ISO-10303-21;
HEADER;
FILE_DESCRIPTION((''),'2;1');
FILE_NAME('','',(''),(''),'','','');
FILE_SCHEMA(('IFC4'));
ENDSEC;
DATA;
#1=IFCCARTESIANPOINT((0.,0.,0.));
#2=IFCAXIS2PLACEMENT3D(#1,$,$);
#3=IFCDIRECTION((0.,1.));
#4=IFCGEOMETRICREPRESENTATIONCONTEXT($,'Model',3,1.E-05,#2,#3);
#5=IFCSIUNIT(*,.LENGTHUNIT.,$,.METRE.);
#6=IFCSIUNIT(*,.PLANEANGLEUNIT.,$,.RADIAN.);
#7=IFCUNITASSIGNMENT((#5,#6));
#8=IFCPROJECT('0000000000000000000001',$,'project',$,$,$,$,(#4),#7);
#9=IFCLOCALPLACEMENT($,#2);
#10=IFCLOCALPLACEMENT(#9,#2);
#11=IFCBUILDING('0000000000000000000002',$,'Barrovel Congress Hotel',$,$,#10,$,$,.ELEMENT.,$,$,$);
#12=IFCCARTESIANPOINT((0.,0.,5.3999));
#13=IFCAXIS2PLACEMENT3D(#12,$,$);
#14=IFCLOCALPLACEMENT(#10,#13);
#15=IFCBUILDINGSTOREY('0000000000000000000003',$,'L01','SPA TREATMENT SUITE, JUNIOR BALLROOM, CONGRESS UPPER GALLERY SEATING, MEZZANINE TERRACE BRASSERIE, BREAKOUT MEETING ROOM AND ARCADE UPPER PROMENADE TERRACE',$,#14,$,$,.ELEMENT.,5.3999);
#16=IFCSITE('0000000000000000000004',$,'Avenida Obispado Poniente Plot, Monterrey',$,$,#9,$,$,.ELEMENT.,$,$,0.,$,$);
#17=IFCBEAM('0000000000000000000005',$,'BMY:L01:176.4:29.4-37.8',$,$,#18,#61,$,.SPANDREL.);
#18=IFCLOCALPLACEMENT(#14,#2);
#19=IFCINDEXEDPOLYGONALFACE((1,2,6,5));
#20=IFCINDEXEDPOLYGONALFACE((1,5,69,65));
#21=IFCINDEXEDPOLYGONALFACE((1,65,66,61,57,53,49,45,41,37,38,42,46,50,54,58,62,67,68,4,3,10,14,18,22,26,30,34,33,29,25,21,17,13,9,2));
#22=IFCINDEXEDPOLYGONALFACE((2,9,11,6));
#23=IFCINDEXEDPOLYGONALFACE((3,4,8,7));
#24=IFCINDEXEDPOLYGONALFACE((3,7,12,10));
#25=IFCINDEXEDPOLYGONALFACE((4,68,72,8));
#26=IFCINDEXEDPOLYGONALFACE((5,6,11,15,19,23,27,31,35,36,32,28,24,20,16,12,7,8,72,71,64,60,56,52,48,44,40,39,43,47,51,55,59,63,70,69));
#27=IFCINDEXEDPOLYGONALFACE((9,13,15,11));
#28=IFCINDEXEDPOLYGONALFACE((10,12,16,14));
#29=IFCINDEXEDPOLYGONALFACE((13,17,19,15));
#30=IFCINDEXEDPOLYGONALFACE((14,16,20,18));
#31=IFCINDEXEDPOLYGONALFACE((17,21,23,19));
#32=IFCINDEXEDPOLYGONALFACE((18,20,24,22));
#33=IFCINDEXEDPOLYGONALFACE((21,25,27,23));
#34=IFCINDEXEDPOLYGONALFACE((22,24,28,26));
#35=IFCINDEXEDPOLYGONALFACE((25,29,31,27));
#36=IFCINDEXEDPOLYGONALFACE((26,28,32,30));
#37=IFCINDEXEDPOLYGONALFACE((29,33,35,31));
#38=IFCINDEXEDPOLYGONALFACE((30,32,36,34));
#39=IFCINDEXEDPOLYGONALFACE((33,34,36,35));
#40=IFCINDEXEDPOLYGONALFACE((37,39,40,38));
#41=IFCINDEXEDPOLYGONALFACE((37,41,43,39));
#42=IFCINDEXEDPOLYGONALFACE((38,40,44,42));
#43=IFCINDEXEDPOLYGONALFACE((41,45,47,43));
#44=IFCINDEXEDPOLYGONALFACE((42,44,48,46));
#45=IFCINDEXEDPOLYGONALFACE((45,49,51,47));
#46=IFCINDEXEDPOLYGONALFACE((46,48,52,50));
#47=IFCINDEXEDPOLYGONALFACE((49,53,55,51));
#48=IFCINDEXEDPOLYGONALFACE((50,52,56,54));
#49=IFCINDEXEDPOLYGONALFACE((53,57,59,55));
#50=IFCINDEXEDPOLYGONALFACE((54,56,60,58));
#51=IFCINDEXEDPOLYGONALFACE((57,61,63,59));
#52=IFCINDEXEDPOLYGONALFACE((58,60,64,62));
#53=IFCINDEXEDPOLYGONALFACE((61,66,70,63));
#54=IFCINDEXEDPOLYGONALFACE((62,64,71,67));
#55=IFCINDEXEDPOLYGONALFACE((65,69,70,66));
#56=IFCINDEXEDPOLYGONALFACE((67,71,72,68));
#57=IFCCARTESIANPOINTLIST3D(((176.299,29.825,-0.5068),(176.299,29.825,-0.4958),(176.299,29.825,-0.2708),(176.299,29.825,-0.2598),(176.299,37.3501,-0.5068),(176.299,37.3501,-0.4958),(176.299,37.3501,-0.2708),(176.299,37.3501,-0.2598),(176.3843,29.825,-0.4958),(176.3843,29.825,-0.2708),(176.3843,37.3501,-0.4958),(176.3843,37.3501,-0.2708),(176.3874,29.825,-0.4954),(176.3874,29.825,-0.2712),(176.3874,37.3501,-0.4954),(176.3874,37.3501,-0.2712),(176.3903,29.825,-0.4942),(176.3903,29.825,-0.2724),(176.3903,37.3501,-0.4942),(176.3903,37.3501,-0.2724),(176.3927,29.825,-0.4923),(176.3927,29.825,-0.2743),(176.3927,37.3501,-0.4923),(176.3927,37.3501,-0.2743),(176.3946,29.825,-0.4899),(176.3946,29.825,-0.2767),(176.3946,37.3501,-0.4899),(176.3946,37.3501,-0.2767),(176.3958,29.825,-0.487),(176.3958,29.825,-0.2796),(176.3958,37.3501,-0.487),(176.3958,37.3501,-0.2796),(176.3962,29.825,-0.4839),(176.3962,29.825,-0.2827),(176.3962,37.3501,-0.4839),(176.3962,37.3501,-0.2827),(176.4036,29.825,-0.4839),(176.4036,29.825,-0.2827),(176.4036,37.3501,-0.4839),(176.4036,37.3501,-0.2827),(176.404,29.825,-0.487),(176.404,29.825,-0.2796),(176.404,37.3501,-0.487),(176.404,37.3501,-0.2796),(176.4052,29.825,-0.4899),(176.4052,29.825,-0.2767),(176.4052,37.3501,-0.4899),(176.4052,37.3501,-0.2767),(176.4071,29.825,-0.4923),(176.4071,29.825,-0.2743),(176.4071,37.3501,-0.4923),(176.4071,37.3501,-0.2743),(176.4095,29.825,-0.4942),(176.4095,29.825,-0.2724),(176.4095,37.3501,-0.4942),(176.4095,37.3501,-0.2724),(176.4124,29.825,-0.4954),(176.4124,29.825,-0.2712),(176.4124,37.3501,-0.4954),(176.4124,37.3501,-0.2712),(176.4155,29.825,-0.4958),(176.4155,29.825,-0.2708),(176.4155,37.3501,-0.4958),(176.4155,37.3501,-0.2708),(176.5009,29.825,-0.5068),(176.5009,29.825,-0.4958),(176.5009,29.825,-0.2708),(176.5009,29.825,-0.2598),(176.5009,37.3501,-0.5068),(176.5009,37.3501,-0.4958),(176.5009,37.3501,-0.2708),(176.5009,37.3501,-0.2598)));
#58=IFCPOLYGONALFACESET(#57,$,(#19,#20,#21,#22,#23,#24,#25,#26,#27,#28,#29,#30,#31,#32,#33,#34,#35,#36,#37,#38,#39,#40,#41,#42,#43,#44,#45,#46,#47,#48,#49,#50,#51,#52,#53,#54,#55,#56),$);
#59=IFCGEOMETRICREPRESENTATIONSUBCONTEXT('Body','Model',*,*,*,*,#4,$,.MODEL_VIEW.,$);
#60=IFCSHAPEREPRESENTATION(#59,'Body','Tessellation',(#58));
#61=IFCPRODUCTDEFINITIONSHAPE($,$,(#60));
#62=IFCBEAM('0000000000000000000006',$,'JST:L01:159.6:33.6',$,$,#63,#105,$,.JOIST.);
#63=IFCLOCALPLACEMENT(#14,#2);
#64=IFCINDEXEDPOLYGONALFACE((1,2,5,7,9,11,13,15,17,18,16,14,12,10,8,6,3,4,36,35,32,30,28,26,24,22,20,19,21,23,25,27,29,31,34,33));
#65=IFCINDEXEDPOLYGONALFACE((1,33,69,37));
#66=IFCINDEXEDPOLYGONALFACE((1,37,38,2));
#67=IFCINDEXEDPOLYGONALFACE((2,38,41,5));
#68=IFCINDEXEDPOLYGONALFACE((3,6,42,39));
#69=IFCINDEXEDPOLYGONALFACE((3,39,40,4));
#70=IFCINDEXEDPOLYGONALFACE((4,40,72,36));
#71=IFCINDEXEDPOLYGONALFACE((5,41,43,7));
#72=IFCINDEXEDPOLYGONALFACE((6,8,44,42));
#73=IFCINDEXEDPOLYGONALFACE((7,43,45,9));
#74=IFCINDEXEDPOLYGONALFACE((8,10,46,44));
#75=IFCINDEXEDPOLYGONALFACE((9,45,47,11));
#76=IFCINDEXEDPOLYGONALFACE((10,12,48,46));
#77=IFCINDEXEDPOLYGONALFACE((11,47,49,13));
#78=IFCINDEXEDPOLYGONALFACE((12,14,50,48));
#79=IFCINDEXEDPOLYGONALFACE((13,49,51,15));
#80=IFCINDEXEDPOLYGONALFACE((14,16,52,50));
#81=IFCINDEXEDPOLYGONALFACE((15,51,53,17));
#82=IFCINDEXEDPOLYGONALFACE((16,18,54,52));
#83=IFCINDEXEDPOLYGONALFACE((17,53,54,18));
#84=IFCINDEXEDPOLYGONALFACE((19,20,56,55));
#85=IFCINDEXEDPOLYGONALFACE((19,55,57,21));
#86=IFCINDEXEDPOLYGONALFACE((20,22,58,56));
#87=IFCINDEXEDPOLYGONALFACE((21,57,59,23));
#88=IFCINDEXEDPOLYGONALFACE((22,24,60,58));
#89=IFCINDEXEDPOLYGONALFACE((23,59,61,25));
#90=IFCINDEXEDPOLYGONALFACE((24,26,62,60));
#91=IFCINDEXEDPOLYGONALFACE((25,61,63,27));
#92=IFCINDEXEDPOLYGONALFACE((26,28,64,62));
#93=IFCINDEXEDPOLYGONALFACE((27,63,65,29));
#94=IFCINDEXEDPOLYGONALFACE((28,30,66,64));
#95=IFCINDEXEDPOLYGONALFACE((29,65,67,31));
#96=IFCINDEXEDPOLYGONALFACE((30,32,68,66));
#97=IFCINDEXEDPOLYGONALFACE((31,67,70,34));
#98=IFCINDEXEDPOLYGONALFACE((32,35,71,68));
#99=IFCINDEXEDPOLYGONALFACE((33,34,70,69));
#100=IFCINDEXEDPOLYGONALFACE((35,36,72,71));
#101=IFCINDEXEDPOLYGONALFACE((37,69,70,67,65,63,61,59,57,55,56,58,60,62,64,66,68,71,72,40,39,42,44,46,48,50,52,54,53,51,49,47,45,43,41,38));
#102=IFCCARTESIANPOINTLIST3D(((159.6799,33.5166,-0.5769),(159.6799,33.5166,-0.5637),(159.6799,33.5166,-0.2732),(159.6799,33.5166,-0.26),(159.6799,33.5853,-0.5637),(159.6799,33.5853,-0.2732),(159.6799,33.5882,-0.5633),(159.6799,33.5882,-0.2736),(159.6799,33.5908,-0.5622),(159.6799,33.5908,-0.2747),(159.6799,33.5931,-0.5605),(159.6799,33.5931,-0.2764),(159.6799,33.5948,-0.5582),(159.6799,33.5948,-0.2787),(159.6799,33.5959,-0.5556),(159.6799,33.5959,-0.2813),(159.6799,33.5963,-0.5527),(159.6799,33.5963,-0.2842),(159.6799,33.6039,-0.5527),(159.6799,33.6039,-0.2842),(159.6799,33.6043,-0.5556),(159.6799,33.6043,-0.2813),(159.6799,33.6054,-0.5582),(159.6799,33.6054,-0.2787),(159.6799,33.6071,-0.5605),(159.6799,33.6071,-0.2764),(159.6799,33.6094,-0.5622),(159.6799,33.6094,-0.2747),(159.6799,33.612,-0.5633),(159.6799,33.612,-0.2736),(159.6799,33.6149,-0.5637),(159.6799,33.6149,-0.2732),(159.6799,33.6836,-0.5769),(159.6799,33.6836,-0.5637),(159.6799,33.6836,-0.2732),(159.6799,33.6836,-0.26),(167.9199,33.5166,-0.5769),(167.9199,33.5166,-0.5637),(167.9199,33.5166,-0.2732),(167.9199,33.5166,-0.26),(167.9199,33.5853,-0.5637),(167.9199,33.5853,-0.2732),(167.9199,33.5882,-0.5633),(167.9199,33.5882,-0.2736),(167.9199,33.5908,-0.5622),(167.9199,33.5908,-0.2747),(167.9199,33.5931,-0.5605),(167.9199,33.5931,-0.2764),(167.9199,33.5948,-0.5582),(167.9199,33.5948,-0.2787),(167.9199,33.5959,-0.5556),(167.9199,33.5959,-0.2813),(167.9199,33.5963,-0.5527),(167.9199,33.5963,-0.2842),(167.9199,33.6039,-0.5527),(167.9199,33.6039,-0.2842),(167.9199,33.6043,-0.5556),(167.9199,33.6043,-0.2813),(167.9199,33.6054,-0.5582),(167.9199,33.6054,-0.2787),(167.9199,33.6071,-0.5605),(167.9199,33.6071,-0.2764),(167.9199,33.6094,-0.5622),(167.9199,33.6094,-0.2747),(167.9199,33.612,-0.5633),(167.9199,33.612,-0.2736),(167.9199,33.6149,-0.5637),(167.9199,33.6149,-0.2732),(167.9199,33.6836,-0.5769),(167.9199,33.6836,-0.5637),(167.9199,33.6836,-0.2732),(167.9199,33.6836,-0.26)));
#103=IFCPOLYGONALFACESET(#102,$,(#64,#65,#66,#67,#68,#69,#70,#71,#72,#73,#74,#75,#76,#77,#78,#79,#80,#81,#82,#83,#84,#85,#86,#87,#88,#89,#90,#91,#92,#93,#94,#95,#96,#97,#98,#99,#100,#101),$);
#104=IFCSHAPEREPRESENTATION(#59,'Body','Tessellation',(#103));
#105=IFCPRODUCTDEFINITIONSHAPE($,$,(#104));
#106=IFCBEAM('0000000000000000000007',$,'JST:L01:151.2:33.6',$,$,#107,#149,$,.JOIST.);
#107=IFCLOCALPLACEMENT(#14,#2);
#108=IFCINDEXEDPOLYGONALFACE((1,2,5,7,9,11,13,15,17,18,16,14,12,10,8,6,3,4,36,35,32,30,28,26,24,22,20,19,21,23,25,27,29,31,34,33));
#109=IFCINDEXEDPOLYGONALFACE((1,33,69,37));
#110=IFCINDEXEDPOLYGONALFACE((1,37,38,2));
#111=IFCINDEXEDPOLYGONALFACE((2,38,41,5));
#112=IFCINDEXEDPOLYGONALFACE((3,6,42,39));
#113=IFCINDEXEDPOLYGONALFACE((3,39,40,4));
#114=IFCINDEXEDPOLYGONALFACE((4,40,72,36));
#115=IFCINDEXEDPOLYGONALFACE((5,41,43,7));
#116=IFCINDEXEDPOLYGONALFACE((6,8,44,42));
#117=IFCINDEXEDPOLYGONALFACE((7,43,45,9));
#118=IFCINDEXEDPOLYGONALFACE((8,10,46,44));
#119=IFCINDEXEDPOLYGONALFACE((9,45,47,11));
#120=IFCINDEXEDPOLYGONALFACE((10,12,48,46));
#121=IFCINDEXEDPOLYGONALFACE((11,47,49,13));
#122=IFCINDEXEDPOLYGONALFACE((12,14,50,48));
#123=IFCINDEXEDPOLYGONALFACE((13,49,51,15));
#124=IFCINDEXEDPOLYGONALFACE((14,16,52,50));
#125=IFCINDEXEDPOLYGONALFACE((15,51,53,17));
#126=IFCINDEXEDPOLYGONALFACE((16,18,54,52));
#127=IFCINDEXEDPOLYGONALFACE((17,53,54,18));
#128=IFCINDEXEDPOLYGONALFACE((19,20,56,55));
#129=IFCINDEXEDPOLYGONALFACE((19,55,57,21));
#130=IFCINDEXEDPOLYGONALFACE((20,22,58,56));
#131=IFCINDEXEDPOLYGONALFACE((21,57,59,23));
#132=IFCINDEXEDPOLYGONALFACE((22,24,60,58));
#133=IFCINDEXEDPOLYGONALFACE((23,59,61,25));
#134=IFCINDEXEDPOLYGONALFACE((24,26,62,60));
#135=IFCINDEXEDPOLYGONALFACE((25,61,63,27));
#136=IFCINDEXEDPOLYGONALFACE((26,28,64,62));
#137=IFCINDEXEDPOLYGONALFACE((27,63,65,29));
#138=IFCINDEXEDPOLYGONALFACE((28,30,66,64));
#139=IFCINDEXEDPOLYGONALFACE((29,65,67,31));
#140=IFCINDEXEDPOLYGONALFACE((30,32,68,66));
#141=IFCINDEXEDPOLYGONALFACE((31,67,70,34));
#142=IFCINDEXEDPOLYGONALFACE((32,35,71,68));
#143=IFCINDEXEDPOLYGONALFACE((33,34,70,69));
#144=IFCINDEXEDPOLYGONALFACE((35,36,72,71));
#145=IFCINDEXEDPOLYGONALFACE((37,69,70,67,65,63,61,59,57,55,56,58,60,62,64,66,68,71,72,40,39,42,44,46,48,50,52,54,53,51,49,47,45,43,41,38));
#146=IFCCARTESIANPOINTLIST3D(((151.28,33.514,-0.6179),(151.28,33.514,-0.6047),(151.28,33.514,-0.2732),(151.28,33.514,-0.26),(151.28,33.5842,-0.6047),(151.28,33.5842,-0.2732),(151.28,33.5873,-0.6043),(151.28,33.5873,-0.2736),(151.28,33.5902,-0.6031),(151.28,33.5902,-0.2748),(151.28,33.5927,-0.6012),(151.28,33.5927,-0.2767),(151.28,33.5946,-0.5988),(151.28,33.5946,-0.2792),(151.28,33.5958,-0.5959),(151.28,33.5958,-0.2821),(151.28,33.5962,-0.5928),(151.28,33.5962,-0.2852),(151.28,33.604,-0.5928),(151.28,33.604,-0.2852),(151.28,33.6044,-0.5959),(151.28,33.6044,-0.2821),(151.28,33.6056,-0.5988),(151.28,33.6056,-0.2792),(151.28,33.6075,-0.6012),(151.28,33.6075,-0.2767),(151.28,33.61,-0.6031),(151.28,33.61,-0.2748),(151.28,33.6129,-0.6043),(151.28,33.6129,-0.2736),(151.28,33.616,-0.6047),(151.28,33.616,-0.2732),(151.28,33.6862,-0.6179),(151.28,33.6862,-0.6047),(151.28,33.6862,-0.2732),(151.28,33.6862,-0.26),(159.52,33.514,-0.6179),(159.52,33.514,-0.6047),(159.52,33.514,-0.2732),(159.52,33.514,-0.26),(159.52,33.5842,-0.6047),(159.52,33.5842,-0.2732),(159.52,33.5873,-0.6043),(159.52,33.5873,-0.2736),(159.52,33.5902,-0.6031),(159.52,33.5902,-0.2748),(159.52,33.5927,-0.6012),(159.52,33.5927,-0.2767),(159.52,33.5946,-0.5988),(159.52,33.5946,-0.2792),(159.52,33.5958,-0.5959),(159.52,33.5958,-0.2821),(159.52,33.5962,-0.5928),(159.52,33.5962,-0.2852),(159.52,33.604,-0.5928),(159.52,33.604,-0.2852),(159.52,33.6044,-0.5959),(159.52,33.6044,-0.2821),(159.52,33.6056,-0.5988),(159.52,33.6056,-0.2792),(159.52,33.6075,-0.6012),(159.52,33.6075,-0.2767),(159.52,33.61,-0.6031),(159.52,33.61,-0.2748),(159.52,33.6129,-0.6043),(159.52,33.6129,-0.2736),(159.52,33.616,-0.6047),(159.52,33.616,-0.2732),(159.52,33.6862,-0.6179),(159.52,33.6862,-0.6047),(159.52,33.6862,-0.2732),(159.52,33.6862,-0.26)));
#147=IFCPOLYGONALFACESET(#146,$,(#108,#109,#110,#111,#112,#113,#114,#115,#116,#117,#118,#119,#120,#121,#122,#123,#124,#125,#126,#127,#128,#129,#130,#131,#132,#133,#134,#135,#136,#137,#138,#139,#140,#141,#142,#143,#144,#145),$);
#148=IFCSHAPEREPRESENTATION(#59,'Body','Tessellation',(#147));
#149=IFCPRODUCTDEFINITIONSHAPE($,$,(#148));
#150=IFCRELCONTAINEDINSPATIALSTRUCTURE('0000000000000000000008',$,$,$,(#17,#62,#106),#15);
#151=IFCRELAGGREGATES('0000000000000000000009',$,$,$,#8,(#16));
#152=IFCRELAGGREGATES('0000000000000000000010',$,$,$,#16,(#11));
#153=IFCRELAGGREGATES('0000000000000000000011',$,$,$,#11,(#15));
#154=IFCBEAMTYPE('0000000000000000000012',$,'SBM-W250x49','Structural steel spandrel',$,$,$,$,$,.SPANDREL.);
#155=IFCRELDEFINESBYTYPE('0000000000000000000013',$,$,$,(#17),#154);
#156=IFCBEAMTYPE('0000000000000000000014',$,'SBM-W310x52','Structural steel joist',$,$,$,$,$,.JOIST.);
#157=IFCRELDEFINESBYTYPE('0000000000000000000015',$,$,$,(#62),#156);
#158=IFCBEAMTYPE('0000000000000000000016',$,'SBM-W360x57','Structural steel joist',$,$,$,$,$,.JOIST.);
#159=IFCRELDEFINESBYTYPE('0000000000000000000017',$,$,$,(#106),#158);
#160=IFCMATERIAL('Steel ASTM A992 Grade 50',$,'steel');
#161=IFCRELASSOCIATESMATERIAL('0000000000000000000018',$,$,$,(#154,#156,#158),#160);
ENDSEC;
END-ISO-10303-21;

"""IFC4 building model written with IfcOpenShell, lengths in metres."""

from ifc_helpers import new_model, si_unit, direction, frame, origin, origin_2d, place, context, subcontext, project, spatial, i_section, extrude, material, material_profile, profile_set, type_object, element, save


model = new_model("IFC4")

# Units and contexts
model_context = context("Model", 3, precision=1e-05, world=origin(), true_north=direction((0.0, 1.0)))
body_context = subcontext(model_context, "Body", "Model", "MODEL_VIEW")
ifc_project = project(units=[si_unit("LENGTHUNIT", "METRE"), si_unit("PLANEANGLEUNIT", "RADIAN")], contexts=[model_context])

# Site, building, storey
site_placement = place(None, origin())
site = spatial("IfcSite", under=ifc_project, at=site_placement, Name="Avenida Obispado Poniente Plot, Monterrey", CompositionType="ELEMENT", RefElevation=0.0)
building_placement = place(site_placement, origin())
building = spatial("IfcBuilding", under=site, at=building_placement, Name="Barrovel Congress Hotel", CompositionType="ELEMENT")
storey_placement = place(building_placement, frame((0.0, 0.0, 5.3999)))
storey = spatial("IfcBuildingStorey", under=building, at=storey_placement, Name="L01", Description="SPA TREATMENT SUITE, JUNIOR BALLROOM, CONGRESS UPPER GALLERY SEATING, MEZZANINE TERRACE BRASSERIE, BREAKOUT MEETING ROOM AND ARCADE UPPER PROMENADE TERRACE", CompositionType="ELEMENT", Elevation=5.3999)

# Beams
ifc_material_1 = material(Name="Steel ASTM A992 Grade 50", Category="steel")
ifc_material_profile_1 = material_profile(ifc_material_1, i_section(OverallWidth=0.2019, OverallDepth=0.2471, WebThickness=0.0073, FlangeThickness=0.011, FilletRadius=0.012, at=origin_2d()), Name="W250x49")
ifc_profile_set_1 = profile_set([ifc_material_profile_1], Name="Steel ASTM A992 Grade 50")
beam_type_1 = type_object("IfcBeamType", Name="SBM-W250x49", Description="Structural steel spandrel", PredefinedType="SPANDREL", material=ifc_profile_set_1)
beam_1_placement = place(storey_placement, frame((176.3999, 29.825, -0.3833), z_axis=(0.0, 1.0, 0.0), x_axis=(-1.0, 0.0, 0.0)))
element("IfcBeam", 1, at=beam_1_placement, inside=storey, type_object=beam_type_1, Name="BMY:L01:176.4:29.4-37.8", PredefinedType="SPANDREL", context=body_context, shape_type="SweptSolid", body=[
    extrude(i_section(OverallWidth=0.2019, OverallDepth=0.2471, WebThickness=0.0073, FlangeThickness=0.011, FilletRadius=0.012, at=origin_2d()), origin(), (0.0, 0.0, 1.0), 7.5251),
])
ifc_material_profile_2 = material_profile(ifc_material_1, i_section(OverallWidth=0.167, OverallDepth=0.3169, WebThickness=0.0076, FlangeThickness=0.0132, FilletRadius=0.011, at=origin_2d()), Name="W310x52")
ifc_profile_set_2 = profile_set([ifc_material_profile_2], Name="Steel ASTM A992 Grade 50")
beam_type_2 = type_object("IfcBeamType", Name="SBM-W310x52", Description="Structural steel joist", PredefinedType="JOIST", material=ifc_profile_set_2)
beam_2_placement = place(storey_placement, frame((159.6799, 33.6001, -0.4185), z_axis=(1.0, 0.0, 0.0), x_axis=(0.0, 1.0, 0.0)))
element("IfcBeam", 2, at=beam_2_placement, inside=storey, type_object=beam_type_2, Name="JST:L01:159.6:33.6", PredefinedType="JOIST", context=body_context, shape_type="SweptSolid", body=[
    extrude(i_section(OverallWidth=0.167, OverallDepth=0.3169, WebThickness=0.0076, FlangeThickness=0.0132, FilletRadius=0.011, at=origin_2d()), origin(), (0.0, 0.0, 1.0), 8.24),
])
ifc_material_profile_3 = material_profile(ifc_material_1, i_section(OverallWidth=0.1721, OverallDepth=0.3579, WebThickness=0.0078, FlangeThickness=0.0132, FilletRadius=0.012, at=origin_2d()), Name="W360x57")
ifc_profile_set_3 = profile_set([ifc_material_profile_3], Name="Steel ASTM A992 Grade 50")
beam_type_3 = type_object("IfcBeamType", Name="SBM-W360x57", Description="Structural steel joist", PredefinedType="JOIST", material=ifc_profile_set_3)
beam_3_placement = place(storey_placement, frame((151.28, 33.6001, -0.439), z_axis=(1.0, 0.0, 0.0), x_axis=(0.0, 1.0, 0.0)))
element("IfcBeam", 3, at=beam_3_placement, inside=storey, type_object=beam_type_3, Name="JST:L01:151.2:33.6", PredefinedType="JOIST", context=body_context, shape_type="SweptSolid", body=[
    extrude(i_section(OverallWidth=0.1721, OverallDepth=0.3579, WebThickness=0.0078, FlangeThickness=0.0132, FilletRadius=0.012, at=origin_2d()), origin(), (0.0, 0.0, 1.0), 8.24),
])

save(model, "model.ifc")
